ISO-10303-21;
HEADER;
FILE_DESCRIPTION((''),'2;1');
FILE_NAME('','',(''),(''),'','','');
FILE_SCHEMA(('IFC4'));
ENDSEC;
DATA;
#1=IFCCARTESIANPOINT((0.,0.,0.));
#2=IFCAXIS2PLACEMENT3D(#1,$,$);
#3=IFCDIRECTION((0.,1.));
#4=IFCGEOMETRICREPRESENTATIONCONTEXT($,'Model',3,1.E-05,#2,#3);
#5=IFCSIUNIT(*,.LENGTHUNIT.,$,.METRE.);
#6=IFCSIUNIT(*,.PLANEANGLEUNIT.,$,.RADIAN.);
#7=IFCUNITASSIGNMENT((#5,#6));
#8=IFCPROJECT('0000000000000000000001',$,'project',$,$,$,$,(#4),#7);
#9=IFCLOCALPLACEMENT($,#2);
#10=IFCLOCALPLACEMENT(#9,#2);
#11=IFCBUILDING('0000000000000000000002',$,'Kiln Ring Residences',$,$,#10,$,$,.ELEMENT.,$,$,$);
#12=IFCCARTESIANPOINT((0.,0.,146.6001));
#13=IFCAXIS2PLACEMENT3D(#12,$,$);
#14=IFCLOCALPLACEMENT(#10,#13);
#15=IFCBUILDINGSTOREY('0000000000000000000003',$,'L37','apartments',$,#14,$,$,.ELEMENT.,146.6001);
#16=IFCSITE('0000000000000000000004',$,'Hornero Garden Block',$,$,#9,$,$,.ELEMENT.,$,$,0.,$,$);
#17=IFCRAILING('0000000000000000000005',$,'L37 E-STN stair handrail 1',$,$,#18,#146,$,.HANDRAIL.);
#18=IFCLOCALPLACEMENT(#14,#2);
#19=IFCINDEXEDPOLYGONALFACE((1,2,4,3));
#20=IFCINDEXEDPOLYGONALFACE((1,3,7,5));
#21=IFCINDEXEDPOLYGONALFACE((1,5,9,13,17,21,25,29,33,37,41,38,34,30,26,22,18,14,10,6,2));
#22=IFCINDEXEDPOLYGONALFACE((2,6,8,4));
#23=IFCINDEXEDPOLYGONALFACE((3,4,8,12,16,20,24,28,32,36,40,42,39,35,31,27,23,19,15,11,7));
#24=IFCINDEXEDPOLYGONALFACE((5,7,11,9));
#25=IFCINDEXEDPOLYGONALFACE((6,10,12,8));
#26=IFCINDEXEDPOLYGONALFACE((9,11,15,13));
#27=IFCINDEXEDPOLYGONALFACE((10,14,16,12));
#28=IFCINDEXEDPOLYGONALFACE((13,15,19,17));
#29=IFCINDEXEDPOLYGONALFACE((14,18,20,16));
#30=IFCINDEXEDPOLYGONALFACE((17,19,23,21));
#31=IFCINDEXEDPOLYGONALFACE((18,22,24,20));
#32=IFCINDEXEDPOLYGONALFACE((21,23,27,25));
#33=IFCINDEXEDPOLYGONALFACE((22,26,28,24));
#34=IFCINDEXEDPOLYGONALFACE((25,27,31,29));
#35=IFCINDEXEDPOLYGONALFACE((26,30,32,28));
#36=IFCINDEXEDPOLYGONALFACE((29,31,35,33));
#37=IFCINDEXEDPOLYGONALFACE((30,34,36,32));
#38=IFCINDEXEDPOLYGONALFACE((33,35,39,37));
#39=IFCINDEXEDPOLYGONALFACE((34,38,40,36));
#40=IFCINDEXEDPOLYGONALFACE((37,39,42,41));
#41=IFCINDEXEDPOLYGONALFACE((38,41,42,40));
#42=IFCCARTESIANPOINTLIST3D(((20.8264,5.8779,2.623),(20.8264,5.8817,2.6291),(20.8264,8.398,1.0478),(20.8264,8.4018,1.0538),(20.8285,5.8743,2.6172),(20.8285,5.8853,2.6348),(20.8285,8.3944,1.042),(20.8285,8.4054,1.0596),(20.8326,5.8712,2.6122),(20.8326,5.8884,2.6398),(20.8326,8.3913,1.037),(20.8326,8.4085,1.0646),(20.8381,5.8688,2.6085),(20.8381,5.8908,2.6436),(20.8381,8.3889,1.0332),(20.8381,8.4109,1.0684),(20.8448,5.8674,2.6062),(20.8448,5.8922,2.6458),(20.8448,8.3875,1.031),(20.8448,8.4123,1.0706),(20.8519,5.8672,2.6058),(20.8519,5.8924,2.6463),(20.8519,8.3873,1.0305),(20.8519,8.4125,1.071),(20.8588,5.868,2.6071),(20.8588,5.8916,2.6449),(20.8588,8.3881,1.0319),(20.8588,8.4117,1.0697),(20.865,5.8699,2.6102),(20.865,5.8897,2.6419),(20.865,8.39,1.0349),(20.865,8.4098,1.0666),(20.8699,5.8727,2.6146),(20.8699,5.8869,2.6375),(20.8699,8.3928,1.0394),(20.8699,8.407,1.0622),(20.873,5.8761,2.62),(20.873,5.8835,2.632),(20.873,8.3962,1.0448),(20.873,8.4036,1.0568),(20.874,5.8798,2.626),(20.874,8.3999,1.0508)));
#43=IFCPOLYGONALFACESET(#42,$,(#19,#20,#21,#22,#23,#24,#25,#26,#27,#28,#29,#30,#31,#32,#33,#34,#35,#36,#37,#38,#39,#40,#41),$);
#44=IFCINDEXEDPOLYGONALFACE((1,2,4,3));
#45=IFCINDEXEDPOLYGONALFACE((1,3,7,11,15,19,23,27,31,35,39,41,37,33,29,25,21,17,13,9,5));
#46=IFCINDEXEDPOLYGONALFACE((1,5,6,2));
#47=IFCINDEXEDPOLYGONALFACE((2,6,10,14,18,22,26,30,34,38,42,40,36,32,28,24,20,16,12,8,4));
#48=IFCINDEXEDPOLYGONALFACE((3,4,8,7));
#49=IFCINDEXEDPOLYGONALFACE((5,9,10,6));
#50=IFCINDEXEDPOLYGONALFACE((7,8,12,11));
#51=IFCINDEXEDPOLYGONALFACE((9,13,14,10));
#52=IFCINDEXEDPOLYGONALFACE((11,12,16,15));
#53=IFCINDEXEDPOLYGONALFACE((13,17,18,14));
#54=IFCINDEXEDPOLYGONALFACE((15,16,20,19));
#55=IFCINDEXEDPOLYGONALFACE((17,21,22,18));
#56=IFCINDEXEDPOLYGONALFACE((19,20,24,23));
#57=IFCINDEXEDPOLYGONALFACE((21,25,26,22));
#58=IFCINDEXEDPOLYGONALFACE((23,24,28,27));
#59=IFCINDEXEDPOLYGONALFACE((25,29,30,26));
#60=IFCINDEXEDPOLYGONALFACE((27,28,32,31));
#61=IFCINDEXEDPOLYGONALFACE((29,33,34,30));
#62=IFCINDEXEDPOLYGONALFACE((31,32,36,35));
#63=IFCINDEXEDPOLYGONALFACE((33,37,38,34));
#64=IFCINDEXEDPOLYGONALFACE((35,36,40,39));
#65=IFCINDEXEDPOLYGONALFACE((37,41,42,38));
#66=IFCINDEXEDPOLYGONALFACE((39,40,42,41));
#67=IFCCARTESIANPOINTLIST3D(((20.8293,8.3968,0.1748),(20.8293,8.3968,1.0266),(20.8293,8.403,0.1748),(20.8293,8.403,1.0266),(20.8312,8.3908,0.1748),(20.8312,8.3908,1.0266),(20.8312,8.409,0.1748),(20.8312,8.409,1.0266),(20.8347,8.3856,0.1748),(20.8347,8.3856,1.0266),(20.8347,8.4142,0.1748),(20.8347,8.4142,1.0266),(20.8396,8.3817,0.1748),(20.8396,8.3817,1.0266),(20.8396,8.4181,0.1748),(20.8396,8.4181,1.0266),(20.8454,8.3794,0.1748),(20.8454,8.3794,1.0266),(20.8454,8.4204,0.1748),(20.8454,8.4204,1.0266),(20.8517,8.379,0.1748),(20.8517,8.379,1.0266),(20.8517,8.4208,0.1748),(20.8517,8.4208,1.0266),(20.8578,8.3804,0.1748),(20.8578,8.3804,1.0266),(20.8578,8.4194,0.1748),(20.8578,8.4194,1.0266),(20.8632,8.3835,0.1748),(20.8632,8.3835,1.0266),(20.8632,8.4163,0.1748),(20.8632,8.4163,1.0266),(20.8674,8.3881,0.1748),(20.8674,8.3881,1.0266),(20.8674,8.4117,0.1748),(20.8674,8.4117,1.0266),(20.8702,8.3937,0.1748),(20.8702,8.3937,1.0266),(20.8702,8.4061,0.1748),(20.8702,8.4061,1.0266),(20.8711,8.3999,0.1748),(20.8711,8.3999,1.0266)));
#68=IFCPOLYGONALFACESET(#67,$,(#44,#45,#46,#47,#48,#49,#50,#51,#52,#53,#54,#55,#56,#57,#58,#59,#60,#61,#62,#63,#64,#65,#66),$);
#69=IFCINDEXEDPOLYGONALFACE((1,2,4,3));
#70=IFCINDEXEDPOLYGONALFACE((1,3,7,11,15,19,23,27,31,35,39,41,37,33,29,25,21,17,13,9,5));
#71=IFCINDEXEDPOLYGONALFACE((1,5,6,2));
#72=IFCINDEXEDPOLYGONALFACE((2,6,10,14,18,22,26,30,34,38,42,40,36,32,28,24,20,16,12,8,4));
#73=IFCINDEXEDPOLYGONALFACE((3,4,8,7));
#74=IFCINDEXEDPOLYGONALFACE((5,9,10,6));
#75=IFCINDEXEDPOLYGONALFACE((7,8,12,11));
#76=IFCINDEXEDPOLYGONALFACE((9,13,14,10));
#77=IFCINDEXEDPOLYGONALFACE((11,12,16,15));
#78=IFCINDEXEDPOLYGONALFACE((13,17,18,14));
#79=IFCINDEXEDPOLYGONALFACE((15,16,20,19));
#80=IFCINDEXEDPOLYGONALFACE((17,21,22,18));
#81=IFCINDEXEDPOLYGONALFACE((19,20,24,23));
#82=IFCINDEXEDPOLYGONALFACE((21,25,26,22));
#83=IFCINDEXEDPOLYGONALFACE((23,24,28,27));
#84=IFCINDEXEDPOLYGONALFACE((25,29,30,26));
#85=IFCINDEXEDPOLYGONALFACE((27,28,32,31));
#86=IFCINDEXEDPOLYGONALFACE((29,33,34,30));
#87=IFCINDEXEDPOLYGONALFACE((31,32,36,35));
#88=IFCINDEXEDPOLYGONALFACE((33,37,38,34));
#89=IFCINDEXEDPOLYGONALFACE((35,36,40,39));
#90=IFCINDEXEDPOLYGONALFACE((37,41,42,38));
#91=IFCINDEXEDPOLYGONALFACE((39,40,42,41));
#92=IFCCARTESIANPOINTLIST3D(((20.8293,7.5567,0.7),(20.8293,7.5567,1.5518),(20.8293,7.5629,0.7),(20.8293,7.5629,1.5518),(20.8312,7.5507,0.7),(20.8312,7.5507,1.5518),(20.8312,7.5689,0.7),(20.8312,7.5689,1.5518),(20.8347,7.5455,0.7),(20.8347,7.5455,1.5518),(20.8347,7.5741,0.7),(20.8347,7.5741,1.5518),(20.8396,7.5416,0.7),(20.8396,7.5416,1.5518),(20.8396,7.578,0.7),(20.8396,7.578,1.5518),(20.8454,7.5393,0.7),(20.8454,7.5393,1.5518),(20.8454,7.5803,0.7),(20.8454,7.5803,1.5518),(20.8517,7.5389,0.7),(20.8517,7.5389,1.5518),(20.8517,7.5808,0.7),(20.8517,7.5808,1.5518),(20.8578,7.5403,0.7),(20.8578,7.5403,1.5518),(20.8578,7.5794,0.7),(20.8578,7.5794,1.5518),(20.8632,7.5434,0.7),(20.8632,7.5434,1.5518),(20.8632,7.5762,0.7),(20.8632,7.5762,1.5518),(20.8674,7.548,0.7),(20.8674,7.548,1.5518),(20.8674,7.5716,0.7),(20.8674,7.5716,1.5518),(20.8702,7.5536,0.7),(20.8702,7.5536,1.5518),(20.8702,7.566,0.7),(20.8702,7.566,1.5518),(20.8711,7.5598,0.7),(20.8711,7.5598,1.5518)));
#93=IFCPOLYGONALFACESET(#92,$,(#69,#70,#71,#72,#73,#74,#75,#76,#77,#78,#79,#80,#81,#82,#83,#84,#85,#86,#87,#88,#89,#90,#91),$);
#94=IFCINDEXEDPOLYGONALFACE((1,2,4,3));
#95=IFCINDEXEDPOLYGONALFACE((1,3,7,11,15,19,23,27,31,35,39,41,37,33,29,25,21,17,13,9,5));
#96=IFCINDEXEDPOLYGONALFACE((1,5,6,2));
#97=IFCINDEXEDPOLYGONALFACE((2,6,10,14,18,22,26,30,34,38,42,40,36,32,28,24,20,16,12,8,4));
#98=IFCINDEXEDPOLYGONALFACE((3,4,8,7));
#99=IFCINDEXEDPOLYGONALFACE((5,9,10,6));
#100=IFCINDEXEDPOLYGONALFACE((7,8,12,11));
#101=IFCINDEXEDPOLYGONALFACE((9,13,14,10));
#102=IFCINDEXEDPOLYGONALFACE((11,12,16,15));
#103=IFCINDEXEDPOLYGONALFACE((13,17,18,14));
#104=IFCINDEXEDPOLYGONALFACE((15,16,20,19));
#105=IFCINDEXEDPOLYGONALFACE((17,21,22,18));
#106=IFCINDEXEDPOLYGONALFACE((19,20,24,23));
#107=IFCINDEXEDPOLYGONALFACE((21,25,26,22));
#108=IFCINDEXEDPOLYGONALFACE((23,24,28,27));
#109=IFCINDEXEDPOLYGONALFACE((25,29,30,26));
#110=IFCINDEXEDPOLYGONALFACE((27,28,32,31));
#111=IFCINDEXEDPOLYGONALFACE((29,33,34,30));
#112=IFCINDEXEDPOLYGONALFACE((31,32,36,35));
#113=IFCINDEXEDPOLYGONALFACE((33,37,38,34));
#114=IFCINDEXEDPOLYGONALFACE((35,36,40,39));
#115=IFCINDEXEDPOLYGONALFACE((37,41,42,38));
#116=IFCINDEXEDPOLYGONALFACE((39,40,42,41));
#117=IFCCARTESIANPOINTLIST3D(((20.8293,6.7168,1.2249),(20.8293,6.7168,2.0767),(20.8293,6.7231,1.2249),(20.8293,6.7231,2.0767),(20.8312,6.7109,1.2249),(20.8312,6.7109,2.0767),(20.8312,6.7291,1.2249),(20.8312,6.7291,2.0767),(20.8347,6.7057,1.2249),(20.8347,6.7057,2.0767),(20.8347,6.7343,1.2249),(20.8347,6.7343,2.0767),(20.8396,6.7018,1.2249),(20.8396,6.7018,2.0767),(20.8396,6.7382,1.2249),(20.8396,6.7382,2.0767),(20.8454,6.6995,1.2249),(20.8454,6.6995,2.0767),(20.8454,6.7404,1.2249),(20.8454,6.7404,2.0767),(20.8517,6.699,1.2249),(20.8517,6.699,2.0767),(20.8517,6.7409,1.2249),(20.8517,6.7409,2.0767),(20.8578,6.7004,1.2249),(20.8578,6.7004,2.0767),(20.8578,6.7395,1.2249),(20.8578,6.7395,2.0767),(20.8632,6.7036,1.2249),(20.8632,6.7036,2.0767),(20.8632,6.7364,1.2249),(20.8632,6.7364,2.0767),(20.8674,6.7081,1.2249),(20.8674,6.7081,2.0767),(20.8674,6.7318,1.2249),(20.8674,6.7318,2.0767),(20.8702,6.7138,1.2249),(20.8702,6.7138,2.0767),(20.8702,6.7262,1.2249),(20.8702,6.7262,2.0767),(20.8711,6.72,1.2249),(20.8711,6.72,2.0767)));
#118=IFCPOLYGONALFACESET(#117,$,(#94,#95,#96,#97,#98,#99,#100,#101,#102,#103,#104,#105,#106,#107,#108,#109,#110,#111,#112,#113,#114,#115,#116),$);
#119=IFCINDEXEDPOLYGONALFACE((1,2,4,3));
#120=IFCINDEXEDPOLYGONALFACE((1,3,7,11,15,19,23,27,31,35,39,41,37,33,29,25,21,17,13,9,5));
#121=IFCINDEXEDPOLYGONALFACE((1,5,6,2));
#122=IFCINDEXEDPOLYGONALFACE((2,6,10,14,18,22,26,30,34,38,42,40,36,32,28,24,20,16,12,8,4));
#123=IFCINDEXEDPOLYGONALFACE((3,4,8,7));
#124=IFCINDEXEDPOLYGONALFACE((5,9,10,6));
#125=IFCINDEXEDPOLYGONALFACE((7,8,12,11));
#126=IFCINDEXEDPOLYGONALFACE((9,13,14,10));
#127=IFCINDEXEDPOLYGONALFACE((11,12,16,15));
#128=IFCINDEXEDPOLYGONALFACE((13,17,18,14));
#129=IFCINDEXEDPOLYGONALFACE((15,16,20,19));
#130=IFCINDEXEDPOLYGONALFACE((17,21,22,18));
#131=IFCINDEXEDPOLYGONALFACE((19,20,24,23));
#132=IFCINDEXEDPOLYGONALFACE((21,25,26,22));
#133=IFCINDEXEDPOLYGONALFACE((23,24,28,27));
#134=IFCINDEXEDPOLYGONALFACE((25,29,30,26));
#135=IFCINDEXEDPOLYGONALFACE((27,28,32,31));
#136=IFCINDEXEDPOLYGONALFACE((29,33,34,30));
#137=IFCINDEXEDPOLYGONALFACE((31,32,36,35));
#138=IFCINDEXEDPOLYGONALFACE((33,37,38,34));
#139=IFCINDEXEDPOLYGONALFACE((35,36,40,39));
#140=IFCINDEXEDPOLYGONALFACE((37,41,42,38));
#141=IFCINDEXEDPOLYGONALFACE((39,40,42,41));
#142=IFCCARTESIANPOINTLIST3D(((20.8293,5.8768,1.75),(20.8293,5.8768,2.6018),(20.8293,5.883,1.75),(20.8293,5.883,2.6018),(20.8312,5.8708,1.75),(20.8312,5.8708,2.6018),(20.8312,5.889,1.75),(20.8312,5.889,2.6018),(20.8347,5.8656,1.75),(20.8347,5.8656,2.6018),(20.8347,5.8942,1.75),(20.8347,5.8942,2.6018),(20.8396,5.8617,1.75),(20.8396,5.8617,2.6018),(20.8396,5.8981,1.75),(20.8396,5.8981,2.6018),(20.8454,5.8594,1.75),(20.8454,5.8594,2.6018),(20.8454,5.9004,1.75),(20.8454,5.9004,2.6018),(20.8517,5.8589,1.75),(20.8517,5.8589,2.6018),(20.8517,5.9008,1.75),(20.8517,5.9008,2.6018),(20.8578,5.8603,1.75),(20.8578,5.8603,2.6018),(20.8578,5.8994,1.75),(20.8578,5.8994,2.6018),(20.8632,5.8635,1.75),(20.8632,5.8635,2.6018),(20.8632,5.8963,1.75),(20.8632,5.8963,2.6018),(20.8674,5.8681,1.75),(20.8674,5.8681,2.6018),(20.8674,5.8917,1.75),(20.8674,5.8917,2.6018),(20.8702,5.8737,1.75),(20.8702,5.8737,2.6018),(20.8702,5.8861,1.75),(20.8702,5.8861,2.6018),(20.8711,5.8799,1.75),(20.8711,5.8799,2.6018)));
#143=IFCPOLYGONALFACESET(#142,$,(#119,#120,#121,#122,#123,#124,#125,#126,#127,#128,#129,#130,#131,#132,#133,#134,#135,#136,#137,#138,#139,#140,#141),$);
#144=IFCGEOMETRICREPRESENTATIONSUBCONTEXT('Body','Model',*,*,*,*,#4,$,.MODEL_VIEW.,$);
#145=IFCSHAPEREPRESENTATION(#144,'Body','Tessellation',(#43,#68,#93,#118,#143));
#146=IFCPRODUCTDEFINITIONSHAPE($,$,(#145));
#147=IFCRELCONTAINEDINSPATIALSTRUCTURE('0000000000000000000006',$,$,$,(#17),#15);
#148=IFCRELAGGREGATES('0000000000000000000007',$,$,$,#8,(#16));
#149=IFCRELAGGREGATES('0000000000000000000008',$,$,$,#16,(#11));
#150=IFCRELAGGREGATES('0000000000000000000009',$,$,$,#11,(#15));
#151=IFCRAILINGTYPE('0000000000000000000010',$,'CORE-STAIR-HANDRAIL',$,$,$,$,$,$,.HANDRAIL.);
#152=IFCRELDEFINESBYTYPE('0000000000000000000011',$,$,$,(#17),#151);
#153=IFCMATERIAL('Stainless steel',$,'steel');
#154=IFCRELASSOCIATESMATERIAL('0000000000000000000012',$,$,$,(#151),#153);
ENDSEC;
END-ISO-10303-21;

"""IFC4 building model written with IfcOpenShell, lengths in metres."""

from ifc_helpers import new_model, si_unit, direction, frame, origin, origin_2d, place, context, subcontext, project, spatial, circle, extrude, material, type_object, element, save


model = new_model("IFC4")

# Units and contexts
model_context = context("Model", 3, precision=1e-05, world=origin(), true_north=direction((0.0, 1.0)))
body_context = subcontext(model_context, "Body", "Model", "MODEL_VIEW")
ifc_project = project(units=[si_unit("LENGTHUNIT", "METRE"), si_unit("PLANEANGLEUNIT", "RADIAN")], contexts=[model_context])

# Site, building, storey
site_placement = place(None, origin())
site = spatial("IfcSite", under=ifc_project, at=site_placement, Name="Hornero Garden Block", CompositionType="ELEMENT", RefElevation=0.0)
building_placement = place(site_placement, origin())
building = spatial("IfcBuilding", under=site, at=building_placement, Name="Kiln Ring Residences", CompositionType="ELEMENT")
storey_placement = place(building_placement, frame((0.0, 0.0, 146.6001)))
storey = spatial("IfcBuildingStorey", under=building, at=storey_placement, Name="L37", Description="apartments", CompositionType="ELEMENT", Elevation=146.6001)

# Railing
ifc_material_1 = material(Name="Stainless steel", Category="steel")
railing_type_1 = type_object("IfcRailingType", Name="CORE-STAIR-HANDRAIL", PredefinedType="HANDRAIL", material=ifc_material_1)
railing_1_placement = place(storey_placement, frame((20.8501, 8.3999, 0.1748)))
element("IfcRailing", 1, at=railing_1_placement, inside=storey, type_object=railing_type_1, Name="L37 E-STN stair handrail 1", PredefinedType="HANDRAIL", context=body_context, shape_type="SweptSolid", body=[
    extrude(circle(Radius=0.0239, at=origin_2d()), frame((0.0, 0.0, 0.876), z_axis=(0.0, -0.847971, 0.530043), x_axis=(1.0, 0.0, 0.0)), (0.0, 0.0, 1.0), 2.9719),
    extrude(circle(Radius=0.021, at=origin_2d()), origin(), (0.0, 0.0, 1.0), 0.8518),
    extrude(circle(Radius=0.021, at=origin_2d()), frame((0.0, -0.8401, 0.5251)), (0.0, 0.0, 1.0), 0.8518),
    extrude(circle(Radius=0.021, at=origin_2d()), frame((0.0, -1.6799, 1.05)), (0.0, 0.0, 1.0), 0.8518),
    extrude(circle(Radius=0.021, at=origin_2d()), frame((0.0, -2.52, 1.5752)), (0.0, 0.0, 1.0), 0.8518),
])

save(model, "model.ifc")
